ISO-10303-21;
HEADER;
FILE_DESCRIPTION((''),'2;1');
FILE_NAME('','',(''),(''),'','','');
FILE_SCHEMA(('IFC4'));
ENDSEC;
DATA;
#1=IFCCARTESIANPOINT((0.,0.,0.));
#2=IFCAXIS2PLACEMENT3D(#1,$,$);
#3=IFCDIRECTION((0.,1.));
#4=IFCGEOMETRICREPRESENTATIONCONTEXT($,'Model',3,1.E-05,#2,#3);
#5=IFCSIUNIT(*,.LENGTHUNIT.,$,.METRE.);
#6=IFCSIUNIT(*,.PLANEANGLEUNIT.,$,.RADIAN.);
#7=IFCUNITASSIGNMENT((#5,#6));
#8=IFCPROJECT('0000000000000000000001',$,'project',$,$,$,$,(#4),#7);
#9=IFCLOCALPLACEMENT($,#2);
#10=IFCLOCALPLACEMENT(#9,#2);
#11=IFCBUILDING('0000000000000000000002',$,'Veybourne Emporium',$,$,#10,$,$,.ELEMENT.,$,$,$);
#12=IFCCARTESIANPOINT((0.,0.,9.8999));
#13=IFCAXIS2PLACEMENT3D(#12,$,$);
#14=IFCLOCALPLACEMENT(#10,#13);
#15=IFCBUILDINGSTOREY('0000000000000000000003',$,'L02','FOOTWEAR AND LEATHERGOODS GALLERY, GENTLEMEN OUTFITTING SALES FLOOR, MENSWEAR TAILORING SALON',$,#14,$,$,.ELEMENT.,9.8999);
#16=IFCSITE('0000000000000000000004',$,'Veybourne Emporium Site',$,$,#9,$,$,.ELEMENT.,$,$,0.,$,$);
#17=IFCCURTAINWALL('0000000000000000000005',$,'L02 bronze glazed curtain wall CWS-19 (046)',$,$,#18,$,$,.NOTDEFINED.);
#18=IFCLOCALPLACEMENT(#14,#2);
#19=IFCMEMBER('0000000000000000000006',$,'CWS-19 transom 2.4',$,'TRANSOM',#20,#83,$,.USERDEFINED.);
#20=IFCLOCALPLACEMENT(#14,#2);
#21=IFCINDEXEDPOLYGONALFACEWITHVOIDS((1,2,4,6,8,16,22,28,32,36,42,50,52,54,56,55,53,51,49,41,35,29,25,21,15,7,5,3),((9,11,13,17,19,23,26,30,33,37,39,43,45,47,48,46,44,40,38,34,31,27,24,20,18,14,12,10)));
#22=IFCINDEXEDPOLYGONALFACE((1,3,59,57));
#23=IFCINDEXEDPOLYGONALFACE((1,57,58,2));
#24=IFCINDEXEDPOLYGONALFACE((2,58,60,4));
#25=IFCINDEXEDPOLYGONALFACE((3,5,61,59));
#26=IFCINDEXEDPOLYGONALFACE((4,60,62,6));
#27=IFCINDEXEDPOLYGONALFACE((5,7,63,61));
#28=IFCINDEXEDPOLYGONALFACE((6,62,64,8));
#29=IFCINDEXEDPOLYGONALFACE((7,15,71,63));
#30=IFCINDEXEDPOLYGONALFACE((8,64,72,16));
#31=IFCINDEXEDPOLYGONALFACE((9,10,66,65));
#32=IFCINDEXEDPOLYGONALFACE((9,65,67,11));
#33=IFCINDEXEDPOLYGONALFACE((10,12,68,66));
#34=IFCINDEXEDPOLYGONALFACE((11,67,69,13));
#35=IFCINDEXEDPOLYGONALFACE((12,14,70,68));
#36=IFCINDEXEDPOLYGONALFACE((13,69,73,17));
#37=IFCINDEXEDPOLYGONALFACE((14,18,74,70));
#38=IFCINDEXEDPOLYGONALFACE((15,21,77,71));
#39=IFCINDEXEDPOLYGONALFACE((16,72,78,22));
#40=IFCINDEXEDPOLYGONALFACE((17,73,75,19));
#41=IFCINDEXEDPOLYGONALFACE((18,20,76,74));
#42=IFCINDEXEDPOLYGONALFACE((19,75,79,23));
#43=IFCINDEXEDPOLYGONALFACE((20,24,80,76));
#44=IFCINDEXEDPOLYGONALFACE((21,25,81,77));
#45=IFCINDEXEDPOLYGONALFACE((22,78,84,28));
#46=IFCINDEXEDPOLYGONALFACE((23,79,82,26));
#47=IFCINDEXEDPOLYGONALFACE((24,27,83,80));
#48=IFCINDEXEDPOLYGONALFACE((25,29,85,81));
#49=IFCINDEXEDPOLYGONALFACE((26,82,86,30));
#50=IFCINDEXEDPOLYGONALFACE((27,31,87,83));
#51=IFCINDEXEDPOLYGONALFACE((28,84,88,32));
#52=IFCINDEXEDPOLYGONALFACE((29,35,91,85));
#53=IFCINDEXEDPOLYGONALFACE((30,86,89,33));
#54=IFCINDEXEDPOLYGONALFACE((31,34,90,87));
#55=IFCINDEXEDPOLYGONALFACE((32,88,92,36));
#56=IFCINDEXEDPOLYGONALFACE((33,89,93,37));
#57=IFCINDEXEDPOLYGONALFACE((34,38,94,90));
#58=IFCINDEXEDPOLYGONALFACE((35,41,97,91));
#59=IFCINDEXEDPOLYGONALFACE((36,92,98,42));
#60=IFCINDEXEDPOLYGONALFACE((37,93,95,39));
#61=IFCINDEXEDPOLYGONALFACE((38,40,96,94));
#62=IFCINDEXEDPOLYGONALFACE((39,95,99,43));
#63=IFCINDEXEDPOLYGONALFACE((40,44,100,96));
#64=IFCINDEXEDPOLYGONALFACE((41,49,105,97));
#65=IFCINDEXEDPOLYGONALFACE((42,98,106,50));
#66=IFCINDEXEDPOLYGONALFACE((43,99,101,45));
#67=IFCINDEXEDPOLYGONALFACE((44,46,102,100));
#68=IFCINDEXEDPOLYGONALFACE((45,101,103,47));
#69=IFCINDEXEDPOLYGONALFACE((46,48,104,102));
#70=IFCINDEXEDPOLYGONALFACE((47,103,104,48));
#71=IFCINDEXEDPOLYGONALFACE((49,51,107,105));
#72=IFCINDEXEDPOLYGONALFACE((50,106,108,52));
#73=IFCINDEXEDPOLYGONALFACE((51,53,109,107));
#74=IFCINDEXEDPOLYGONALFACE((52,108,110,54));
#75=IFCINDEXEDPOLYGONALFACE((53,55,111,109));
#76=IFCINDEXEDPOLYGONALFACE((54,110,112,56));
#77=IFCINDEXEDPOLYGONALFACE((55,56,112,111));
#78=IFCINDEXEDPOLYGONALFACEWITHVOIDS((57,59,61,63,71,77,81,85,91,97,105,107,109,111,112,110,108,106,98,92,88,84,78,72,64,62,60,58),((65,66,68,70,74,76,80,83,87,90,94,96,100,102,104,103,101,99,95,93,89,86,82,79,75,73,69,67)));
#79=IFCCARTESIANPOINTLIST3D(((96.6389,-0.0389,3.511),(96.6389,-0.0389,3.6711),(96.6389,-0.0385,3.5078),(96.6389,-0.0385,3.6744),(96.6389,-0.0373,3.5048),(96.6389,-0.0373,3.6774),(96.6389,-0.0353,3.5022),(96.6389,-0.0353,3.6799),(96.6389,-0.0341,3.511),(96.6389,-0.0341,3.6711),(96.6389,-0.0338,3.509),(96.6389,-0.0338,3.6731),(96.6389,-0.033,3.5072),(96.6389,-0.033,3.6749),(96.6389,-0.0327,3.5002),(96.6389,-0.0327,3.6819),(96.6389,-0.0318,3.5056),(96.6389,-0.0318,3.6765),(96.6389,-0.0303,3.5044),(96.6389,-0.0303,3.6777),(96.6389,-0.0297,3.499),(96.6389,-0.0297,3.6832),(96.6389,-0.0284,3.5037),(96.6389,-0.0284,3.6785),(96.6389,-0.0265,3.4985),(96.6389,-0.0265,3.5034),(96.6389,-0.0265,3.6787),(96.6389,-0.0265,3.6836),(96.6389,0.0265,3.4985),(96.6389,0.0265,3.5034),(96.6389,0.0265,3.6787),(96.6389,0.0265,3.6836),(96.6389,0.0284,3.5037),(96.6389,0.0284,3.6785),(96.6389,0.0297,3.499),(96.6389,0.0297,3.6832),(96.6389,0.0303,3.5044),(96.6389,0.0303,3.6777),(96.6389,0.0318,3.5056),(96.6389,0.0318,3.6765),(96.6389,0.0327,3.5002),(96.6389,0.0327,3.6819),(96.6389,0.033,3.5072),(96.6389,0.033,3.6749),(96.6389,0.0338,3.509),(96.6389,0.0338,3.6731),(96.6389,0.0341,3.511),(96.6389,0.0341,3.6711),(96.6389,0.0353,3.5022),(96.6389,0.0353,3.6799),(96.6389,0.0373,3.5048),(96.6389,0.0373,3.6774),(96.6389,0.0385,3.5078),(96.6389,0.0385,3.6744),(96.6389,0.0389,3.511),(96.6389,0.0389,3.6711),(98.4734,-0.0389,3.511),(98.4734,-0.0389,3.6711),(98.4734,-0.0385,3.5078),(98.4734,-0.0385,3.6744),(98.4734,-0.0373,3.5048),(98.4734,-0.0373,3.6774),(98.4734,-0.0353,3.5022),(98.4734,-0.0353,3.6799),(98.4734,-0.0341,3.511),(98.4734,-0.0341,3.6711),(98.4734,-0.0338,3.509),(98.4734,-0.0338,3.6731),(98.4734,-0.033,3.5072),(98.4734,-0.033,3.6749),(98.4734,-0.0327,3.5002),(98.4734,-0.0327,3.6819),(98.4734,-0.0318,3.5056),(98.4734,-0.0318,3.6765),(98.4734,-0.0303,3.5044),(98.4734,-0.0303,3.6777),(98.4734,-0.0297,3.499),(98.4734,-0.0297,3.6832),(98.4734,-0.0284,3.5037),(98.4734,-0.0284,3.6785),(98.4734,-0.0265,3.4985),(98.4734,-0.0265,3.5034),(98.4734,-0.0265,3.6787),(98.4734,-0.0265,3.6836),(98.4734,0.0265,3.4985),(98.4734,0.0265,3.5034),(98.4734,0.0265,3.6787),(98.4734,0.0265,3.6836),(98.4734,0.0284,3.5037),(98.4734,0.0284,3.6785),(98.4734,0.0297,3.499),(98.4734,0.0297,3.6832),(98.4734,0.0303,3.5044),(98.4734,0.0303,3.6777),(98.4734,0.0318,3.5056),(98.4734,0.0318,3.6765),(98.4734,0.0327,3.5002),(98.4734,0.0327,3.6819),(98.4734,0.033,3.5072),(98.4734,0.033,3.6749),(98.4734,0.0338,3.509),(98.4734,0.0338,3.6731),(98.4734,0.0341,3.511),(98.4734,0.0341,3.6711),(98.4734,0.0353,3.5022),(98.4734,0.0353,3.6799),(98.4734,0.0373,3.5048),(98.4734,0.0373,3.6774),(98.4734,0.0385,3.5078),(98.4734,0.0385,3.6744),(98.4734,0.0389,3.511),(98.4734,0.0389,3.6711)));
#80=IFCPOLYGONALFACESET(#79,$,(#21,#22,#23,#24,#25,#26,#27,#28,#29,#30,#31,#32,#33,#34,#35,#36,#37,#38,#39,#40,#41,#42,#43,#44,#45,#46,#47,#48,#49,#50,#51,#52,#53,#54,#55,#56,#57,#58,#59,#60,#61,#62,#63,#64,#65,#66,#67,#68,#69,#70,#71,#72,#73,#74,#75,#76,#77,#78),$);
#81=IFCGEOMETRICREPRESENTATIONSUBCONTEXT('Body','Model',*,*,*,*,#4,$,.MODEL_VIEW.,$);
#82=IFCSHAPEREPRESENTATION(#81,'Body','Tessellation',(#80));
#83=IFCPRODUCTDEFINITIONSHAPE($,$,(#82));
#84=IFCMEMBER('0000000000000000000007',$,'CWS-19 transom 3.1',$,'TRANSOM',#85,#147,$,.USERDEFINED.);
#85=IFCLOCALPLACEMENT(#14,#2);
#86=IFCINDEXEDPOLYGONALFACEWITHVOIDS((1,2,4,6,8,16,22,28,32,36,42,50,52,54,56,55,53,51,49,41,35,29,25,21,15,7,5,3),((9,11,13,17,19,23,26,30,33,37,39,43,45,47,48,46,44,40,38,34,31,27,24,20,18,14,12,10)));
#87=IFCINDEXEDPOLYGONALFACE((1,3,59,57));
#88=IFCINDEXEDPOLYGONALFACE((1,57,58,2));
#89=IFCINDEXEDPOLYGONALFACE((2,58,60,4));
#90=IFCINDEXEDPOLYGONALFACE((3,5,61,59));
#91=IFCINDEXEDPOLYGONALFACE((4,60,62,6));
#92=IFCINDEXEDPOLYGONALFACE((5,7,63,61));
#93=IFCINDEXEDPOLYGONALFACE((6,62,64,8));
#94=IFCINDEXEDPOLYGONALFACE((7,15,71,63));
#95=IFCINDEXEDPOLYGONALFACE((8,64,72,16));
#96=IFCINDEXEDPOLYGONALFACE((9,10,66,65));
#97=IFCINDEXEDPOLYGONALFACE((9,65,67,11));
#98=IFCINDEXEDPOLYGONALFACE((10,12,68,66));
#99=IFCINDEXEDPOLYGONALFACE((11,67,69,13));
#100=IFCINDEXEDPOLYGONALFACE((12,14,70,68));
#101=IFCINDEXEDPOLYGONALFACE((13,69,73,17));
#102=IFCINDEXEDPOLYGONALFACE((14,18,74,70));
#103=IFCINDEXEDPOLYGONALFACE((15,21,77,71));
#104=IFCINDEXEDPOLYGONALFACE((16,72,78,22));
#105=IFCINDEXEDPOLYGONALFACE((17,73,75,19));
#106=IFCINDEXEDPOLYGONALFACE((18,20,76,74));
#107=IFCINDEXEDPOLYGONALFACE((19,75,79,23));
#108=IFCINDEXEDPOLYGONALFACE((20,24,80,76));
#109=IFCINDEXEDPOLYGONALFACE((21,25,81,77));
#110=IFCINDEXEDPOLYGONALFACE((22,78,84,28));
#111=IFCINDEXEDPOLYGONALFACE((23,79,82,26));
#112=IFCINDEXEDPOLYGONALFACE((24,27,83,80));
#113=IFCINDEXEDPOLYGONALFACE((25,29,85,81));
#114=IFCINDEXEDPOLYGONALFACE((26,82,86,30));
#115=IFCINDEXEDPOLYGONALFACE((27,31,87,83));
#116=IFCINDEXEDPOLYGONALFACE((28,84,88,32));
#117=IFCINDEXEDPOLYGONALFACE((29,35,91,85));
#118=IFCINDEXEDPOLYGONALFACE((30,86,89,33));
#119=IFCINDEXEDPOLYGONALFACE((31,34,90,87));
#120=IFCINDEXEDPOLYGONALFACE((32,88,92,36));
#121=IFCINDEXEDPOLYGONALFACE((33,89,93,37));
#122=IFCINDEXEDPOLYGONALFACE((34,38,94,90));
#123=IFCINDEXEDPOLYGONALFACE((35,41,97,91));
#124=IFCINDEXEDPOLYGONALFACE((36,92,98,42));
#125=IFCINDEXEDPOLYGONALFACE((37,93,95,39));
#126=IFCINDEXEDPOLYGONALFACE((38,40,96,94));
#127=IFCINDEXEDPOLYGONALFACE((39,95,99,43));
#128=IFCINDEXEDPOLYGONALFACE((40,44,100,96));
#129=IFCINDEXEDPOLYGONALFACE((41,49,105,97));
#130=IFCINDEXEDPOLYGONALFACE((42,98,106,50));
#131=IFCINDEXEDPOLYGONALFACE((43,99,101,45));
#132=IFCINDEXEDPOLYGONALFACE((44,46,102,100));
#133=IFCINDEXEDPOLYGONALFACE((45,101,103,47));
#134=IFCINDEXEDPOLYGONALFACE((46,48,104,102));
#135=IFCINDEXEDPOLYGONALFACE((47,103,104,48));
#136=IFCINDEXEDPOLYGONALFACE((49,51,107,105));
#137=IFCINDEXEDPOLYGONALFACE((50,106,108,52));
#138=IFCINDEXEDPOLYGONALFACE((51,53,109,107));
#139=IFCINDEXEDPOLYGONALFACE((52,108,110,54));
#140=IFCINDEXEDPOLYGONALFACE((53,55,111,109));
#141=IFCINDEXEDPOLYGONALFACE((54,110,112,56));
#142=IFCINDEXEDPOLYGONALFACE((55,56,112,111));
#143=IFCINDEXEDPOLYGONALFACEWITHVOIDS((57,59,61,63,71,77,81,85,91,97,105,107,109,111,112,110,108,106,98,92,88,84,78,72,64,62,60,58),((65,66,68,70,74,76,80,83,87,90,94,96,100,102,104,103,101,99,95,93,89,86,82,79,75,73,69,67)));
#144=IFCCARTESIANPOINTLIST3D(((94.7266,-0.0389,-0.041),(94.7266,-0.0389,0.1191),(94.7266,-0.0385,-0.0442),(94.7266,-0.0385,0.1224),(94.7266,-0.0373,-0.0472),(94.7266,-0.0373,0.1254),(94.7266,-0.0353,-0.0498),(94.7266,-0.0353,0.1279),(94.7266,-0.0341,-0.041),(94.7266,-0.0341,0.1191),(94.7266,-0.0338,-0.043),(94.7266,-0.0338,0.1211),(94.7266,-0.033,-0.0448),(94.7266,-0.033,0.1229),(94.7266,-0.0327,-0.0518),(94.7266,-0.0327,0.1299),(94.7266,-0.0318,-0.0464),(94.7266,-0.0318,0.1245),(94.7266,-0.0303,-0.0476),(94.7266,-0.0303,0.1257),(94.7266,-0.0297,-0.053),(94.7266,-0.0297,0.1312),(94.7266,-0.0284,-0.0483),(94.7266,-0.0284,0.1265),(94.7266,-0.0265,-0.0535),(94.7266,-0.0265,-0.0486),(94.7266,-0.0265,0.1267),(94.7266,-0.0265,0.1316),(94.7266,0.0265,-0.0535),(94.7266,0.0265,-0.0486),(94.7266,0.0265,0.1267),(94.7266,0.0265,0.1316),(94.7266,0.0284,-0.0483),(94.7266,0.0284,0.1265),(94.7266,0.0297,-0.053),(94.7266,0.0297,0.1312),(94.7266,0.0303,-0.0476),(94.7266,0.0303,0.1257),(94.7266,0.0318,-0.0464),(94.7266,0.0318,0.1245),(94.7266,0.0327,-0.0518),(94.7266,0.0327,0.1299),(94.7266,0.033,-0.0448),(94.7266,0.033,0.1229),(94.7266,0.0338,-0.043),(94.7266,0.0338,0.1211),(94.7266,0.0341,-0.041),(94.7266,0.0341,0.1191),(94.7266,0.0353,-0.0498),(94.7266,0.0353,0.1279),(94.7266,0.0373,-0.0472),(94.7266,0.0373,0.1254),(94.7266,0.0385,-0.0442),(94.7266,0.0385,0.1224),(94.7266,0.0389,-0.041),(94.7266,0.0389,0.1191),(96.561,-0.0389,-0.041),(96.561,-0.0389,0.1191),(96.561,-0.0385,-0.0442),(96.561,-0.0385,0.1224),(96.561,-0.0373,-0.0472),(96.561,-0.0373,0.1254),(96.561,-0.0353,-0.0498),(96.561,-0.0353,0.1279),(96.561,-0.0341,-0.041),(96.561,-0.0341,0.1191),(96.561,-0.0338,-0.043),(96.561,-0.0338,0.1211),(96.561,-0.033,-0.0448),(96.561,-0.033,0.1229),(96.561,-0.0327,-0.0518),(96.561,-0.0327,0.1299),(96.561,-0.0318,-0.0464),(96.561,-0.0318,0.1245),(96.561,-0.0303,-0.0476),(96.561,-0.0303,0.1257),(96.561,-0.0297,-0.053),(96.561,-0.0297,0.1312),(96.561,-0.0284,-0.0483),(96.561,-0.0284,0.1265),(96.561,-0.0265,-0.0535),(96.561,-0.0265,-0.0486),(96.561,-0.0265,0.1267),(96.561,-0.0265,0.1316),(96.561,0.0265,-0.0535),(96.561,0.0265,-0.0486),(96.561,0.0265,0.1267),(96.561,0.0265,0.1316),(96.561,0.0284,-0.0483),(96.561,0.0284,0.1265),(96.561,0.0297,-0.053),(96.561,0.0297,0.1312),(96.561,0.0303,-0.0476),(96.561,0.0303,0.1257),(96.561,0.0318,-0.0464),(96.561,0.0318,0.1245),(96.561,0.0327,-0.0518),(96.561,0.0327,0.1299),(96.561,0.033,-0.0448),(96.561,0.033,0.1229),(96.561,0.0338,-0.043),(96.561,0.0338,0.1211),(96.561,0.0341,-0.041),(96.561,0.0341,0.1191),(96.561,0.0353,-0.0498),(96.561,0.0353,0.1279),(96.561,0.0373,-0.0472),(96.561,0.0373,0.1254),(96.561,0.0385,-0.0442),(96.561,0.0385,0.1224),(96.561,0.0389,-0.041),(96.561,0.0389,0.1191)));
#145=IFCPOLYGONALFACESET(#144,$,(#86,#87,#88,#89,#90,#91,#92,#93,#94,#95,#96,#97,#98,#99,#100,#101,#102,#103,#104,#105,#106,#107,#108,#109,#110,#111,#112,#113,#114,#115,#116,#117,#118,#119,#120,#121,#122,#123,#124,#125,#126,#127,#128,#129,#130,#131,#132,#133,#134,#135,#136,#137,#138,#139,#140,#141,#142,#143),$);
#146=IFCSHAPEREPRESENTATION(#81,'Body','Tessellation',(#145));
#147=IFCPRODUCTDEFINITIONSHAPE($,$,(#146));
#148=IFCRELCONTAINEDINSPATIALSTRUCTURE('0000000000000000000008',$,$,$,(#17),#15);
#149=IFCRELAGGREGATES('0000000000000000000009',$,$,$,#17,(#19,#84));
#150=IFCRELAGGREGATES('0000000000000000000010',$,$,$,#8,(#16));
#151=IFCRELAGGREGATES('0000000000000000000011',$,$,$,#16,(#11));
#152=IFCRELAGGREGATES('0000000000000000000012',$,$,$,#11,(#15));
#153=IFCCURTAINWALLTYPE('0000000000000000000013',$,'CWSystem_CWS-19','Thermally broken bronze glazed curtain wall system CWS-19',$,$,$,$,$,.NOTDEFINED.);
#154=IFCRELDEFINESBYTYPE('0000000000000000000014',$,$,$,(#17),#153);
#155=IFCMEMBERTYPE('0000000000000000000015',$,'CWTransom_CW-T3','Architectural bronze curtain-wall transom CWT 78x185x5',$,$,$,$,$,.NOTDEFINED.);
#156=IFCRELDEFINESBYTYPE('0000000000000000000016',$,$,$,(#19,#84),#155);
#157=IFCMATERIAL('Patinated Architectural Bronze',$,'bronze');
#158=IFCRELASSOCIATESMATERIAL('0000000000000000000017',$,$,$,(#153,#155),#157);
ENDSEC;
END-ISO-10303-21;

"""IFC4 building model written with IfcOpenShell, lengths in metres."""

from ifc_helpers import new_model, si_unit, direction, frame, origin, origin_2d, place, context, subcontext, project, spatial, hollow_rectangle, extrude, material, material_profile, profile_set, type_object, element, aggregate, save


model = new_model("IFC4")

# Units and contexts
model_context = context("Model", 3, precision=1e-05, world=origin(), true_north=direction((0.0, 1.0)))
body_context = subcontext(model_context, "Body", "Model", "MODEL_VIEW")
ifc_project = project(units=[si_unit("LENGTHUNIT", "METRE"), si_unit("PLANEANGLEUNIT", "RADIAN")], contexts=[model_context])

# Site, building, storey
site_placement = place(None, origin())
site = spatial("IfcSite", under=ifc_project, at=site_placement, Name="Veybourne Emporium Site", CompositionType="ELEMENT", RefElevation=0.0)
building_placement = place(site_placement, origin())
building = spatial("IfcBuilding", under=site, at=building_placement, Name="Veybourne Emporium", CompositionType="ELEMENT")
storey_placement = place(building_placement, frame((0.0, 0.0, 9.8999)))
storey = spatial("IfcBuildingStorey", under=building, at=storey_placement, Name="L02", Description="FOOTWEAR AND LEATHERGOODS GALLERY, GENTLEMEN OUTFITTING SALES FLOOR, MENSWEAR TAILORING SALON", CompositionType="ELEMENT", Elevation=9.8999)

# Curtain wall, members
ifc_material_1 = material(Name="Patinated Architectural Bronze", Category="bronze")
curtain_wall_type = type_object("IfcCurtainWallType", Name="CWSystem_CWS-19", Description="Thermally broken bronze glazed curtain wall system CWS-19", PredefinedType="NOTDEFINED", material=ifc_material_1)
curtain_wall_placement = place(storey_placement, origin())
curtain_wall = element("IfcCurtainWall", 1, at=curtain_wall_placement, inside=storey, type_object=curtain_wall_type, Name="L02 bronze glazed curtain wall CWS-19 (046)", PredefinedType="NOTDEFINED")
ifc_material_profile_1 = material_profile(ifc_material_1, hollow_rectangle(XDim=0.0779, YDim=0.1851, WallThickness=0.0049, InnerFilletRadius=0.0076, OuterFilletRadius=0.0125, at=origin_2d()), Name="CWT 78x185x5")
ifc_profile_set_1 = profile_set([ifc_material_profile_1], Name="Patinated Architectural Bronze")
member_type_1 = type_object("IfcMemberType", Name="CWTransom_CW-T3", Description="Architectural bronze curtain-wall transom CWT 78x185x5", PredefinedType="NOTDEFINED", material=ifc_profile_set_1)
member_1_placement = place(storey_placement, frame((98.4734, 0.0, 3.5911), z_axis=(-1.0, 0.0, 0.0), x_axis=(0.0, -1.0, 0.0)))
member_1 = element("IfcMember", 2, at=member_1_placement, type_object=member_type_1, Name="CWS-19 transom 2.4", ObjectType="TRANSOM", PredefinedType="USERDEFINED", context=body_context, shape_type="SweptSolid", body=[
    extrude(hollow_rectangle(XDim=0.0779, YDim=0.1851, WallThickness=0.0049, InnerFilletRadius=0.0076, OuterFilletRadius=0.0125, at=origin_2d()), origin(), (0.0, 0.0, 1.0), 1.8345),
])
member_2_placement = place(storey_placement, frame((96.561, 0.0, 0.0391), z_axis=(-1.0, 0.0, 0.0), x_axis=(0.0, -1.0, 0.0)))
member_2 = element("IfcMember", 3, at=member_2_placement, type_object=member_type_1, Name="CWS-19 transom 3.1", ObjectType="TRANSOM", PredefinedType="USERDEFINED", context=body_context, shape_type="SweptSolid", body=[
    extrude(hollow_rectangle(XDim=0.0779, YDim=0.1851, WallThickness=0.0049, InnerFilletRadius=0.0076, OuterFilletRadius=0.0125, at=origin_2d()), origin(), (0.0, 0.0, 1.0), 1.8345),
])
aggregate(curtain_wall, [member_1, member_2])

save(model, "model.ifc")
